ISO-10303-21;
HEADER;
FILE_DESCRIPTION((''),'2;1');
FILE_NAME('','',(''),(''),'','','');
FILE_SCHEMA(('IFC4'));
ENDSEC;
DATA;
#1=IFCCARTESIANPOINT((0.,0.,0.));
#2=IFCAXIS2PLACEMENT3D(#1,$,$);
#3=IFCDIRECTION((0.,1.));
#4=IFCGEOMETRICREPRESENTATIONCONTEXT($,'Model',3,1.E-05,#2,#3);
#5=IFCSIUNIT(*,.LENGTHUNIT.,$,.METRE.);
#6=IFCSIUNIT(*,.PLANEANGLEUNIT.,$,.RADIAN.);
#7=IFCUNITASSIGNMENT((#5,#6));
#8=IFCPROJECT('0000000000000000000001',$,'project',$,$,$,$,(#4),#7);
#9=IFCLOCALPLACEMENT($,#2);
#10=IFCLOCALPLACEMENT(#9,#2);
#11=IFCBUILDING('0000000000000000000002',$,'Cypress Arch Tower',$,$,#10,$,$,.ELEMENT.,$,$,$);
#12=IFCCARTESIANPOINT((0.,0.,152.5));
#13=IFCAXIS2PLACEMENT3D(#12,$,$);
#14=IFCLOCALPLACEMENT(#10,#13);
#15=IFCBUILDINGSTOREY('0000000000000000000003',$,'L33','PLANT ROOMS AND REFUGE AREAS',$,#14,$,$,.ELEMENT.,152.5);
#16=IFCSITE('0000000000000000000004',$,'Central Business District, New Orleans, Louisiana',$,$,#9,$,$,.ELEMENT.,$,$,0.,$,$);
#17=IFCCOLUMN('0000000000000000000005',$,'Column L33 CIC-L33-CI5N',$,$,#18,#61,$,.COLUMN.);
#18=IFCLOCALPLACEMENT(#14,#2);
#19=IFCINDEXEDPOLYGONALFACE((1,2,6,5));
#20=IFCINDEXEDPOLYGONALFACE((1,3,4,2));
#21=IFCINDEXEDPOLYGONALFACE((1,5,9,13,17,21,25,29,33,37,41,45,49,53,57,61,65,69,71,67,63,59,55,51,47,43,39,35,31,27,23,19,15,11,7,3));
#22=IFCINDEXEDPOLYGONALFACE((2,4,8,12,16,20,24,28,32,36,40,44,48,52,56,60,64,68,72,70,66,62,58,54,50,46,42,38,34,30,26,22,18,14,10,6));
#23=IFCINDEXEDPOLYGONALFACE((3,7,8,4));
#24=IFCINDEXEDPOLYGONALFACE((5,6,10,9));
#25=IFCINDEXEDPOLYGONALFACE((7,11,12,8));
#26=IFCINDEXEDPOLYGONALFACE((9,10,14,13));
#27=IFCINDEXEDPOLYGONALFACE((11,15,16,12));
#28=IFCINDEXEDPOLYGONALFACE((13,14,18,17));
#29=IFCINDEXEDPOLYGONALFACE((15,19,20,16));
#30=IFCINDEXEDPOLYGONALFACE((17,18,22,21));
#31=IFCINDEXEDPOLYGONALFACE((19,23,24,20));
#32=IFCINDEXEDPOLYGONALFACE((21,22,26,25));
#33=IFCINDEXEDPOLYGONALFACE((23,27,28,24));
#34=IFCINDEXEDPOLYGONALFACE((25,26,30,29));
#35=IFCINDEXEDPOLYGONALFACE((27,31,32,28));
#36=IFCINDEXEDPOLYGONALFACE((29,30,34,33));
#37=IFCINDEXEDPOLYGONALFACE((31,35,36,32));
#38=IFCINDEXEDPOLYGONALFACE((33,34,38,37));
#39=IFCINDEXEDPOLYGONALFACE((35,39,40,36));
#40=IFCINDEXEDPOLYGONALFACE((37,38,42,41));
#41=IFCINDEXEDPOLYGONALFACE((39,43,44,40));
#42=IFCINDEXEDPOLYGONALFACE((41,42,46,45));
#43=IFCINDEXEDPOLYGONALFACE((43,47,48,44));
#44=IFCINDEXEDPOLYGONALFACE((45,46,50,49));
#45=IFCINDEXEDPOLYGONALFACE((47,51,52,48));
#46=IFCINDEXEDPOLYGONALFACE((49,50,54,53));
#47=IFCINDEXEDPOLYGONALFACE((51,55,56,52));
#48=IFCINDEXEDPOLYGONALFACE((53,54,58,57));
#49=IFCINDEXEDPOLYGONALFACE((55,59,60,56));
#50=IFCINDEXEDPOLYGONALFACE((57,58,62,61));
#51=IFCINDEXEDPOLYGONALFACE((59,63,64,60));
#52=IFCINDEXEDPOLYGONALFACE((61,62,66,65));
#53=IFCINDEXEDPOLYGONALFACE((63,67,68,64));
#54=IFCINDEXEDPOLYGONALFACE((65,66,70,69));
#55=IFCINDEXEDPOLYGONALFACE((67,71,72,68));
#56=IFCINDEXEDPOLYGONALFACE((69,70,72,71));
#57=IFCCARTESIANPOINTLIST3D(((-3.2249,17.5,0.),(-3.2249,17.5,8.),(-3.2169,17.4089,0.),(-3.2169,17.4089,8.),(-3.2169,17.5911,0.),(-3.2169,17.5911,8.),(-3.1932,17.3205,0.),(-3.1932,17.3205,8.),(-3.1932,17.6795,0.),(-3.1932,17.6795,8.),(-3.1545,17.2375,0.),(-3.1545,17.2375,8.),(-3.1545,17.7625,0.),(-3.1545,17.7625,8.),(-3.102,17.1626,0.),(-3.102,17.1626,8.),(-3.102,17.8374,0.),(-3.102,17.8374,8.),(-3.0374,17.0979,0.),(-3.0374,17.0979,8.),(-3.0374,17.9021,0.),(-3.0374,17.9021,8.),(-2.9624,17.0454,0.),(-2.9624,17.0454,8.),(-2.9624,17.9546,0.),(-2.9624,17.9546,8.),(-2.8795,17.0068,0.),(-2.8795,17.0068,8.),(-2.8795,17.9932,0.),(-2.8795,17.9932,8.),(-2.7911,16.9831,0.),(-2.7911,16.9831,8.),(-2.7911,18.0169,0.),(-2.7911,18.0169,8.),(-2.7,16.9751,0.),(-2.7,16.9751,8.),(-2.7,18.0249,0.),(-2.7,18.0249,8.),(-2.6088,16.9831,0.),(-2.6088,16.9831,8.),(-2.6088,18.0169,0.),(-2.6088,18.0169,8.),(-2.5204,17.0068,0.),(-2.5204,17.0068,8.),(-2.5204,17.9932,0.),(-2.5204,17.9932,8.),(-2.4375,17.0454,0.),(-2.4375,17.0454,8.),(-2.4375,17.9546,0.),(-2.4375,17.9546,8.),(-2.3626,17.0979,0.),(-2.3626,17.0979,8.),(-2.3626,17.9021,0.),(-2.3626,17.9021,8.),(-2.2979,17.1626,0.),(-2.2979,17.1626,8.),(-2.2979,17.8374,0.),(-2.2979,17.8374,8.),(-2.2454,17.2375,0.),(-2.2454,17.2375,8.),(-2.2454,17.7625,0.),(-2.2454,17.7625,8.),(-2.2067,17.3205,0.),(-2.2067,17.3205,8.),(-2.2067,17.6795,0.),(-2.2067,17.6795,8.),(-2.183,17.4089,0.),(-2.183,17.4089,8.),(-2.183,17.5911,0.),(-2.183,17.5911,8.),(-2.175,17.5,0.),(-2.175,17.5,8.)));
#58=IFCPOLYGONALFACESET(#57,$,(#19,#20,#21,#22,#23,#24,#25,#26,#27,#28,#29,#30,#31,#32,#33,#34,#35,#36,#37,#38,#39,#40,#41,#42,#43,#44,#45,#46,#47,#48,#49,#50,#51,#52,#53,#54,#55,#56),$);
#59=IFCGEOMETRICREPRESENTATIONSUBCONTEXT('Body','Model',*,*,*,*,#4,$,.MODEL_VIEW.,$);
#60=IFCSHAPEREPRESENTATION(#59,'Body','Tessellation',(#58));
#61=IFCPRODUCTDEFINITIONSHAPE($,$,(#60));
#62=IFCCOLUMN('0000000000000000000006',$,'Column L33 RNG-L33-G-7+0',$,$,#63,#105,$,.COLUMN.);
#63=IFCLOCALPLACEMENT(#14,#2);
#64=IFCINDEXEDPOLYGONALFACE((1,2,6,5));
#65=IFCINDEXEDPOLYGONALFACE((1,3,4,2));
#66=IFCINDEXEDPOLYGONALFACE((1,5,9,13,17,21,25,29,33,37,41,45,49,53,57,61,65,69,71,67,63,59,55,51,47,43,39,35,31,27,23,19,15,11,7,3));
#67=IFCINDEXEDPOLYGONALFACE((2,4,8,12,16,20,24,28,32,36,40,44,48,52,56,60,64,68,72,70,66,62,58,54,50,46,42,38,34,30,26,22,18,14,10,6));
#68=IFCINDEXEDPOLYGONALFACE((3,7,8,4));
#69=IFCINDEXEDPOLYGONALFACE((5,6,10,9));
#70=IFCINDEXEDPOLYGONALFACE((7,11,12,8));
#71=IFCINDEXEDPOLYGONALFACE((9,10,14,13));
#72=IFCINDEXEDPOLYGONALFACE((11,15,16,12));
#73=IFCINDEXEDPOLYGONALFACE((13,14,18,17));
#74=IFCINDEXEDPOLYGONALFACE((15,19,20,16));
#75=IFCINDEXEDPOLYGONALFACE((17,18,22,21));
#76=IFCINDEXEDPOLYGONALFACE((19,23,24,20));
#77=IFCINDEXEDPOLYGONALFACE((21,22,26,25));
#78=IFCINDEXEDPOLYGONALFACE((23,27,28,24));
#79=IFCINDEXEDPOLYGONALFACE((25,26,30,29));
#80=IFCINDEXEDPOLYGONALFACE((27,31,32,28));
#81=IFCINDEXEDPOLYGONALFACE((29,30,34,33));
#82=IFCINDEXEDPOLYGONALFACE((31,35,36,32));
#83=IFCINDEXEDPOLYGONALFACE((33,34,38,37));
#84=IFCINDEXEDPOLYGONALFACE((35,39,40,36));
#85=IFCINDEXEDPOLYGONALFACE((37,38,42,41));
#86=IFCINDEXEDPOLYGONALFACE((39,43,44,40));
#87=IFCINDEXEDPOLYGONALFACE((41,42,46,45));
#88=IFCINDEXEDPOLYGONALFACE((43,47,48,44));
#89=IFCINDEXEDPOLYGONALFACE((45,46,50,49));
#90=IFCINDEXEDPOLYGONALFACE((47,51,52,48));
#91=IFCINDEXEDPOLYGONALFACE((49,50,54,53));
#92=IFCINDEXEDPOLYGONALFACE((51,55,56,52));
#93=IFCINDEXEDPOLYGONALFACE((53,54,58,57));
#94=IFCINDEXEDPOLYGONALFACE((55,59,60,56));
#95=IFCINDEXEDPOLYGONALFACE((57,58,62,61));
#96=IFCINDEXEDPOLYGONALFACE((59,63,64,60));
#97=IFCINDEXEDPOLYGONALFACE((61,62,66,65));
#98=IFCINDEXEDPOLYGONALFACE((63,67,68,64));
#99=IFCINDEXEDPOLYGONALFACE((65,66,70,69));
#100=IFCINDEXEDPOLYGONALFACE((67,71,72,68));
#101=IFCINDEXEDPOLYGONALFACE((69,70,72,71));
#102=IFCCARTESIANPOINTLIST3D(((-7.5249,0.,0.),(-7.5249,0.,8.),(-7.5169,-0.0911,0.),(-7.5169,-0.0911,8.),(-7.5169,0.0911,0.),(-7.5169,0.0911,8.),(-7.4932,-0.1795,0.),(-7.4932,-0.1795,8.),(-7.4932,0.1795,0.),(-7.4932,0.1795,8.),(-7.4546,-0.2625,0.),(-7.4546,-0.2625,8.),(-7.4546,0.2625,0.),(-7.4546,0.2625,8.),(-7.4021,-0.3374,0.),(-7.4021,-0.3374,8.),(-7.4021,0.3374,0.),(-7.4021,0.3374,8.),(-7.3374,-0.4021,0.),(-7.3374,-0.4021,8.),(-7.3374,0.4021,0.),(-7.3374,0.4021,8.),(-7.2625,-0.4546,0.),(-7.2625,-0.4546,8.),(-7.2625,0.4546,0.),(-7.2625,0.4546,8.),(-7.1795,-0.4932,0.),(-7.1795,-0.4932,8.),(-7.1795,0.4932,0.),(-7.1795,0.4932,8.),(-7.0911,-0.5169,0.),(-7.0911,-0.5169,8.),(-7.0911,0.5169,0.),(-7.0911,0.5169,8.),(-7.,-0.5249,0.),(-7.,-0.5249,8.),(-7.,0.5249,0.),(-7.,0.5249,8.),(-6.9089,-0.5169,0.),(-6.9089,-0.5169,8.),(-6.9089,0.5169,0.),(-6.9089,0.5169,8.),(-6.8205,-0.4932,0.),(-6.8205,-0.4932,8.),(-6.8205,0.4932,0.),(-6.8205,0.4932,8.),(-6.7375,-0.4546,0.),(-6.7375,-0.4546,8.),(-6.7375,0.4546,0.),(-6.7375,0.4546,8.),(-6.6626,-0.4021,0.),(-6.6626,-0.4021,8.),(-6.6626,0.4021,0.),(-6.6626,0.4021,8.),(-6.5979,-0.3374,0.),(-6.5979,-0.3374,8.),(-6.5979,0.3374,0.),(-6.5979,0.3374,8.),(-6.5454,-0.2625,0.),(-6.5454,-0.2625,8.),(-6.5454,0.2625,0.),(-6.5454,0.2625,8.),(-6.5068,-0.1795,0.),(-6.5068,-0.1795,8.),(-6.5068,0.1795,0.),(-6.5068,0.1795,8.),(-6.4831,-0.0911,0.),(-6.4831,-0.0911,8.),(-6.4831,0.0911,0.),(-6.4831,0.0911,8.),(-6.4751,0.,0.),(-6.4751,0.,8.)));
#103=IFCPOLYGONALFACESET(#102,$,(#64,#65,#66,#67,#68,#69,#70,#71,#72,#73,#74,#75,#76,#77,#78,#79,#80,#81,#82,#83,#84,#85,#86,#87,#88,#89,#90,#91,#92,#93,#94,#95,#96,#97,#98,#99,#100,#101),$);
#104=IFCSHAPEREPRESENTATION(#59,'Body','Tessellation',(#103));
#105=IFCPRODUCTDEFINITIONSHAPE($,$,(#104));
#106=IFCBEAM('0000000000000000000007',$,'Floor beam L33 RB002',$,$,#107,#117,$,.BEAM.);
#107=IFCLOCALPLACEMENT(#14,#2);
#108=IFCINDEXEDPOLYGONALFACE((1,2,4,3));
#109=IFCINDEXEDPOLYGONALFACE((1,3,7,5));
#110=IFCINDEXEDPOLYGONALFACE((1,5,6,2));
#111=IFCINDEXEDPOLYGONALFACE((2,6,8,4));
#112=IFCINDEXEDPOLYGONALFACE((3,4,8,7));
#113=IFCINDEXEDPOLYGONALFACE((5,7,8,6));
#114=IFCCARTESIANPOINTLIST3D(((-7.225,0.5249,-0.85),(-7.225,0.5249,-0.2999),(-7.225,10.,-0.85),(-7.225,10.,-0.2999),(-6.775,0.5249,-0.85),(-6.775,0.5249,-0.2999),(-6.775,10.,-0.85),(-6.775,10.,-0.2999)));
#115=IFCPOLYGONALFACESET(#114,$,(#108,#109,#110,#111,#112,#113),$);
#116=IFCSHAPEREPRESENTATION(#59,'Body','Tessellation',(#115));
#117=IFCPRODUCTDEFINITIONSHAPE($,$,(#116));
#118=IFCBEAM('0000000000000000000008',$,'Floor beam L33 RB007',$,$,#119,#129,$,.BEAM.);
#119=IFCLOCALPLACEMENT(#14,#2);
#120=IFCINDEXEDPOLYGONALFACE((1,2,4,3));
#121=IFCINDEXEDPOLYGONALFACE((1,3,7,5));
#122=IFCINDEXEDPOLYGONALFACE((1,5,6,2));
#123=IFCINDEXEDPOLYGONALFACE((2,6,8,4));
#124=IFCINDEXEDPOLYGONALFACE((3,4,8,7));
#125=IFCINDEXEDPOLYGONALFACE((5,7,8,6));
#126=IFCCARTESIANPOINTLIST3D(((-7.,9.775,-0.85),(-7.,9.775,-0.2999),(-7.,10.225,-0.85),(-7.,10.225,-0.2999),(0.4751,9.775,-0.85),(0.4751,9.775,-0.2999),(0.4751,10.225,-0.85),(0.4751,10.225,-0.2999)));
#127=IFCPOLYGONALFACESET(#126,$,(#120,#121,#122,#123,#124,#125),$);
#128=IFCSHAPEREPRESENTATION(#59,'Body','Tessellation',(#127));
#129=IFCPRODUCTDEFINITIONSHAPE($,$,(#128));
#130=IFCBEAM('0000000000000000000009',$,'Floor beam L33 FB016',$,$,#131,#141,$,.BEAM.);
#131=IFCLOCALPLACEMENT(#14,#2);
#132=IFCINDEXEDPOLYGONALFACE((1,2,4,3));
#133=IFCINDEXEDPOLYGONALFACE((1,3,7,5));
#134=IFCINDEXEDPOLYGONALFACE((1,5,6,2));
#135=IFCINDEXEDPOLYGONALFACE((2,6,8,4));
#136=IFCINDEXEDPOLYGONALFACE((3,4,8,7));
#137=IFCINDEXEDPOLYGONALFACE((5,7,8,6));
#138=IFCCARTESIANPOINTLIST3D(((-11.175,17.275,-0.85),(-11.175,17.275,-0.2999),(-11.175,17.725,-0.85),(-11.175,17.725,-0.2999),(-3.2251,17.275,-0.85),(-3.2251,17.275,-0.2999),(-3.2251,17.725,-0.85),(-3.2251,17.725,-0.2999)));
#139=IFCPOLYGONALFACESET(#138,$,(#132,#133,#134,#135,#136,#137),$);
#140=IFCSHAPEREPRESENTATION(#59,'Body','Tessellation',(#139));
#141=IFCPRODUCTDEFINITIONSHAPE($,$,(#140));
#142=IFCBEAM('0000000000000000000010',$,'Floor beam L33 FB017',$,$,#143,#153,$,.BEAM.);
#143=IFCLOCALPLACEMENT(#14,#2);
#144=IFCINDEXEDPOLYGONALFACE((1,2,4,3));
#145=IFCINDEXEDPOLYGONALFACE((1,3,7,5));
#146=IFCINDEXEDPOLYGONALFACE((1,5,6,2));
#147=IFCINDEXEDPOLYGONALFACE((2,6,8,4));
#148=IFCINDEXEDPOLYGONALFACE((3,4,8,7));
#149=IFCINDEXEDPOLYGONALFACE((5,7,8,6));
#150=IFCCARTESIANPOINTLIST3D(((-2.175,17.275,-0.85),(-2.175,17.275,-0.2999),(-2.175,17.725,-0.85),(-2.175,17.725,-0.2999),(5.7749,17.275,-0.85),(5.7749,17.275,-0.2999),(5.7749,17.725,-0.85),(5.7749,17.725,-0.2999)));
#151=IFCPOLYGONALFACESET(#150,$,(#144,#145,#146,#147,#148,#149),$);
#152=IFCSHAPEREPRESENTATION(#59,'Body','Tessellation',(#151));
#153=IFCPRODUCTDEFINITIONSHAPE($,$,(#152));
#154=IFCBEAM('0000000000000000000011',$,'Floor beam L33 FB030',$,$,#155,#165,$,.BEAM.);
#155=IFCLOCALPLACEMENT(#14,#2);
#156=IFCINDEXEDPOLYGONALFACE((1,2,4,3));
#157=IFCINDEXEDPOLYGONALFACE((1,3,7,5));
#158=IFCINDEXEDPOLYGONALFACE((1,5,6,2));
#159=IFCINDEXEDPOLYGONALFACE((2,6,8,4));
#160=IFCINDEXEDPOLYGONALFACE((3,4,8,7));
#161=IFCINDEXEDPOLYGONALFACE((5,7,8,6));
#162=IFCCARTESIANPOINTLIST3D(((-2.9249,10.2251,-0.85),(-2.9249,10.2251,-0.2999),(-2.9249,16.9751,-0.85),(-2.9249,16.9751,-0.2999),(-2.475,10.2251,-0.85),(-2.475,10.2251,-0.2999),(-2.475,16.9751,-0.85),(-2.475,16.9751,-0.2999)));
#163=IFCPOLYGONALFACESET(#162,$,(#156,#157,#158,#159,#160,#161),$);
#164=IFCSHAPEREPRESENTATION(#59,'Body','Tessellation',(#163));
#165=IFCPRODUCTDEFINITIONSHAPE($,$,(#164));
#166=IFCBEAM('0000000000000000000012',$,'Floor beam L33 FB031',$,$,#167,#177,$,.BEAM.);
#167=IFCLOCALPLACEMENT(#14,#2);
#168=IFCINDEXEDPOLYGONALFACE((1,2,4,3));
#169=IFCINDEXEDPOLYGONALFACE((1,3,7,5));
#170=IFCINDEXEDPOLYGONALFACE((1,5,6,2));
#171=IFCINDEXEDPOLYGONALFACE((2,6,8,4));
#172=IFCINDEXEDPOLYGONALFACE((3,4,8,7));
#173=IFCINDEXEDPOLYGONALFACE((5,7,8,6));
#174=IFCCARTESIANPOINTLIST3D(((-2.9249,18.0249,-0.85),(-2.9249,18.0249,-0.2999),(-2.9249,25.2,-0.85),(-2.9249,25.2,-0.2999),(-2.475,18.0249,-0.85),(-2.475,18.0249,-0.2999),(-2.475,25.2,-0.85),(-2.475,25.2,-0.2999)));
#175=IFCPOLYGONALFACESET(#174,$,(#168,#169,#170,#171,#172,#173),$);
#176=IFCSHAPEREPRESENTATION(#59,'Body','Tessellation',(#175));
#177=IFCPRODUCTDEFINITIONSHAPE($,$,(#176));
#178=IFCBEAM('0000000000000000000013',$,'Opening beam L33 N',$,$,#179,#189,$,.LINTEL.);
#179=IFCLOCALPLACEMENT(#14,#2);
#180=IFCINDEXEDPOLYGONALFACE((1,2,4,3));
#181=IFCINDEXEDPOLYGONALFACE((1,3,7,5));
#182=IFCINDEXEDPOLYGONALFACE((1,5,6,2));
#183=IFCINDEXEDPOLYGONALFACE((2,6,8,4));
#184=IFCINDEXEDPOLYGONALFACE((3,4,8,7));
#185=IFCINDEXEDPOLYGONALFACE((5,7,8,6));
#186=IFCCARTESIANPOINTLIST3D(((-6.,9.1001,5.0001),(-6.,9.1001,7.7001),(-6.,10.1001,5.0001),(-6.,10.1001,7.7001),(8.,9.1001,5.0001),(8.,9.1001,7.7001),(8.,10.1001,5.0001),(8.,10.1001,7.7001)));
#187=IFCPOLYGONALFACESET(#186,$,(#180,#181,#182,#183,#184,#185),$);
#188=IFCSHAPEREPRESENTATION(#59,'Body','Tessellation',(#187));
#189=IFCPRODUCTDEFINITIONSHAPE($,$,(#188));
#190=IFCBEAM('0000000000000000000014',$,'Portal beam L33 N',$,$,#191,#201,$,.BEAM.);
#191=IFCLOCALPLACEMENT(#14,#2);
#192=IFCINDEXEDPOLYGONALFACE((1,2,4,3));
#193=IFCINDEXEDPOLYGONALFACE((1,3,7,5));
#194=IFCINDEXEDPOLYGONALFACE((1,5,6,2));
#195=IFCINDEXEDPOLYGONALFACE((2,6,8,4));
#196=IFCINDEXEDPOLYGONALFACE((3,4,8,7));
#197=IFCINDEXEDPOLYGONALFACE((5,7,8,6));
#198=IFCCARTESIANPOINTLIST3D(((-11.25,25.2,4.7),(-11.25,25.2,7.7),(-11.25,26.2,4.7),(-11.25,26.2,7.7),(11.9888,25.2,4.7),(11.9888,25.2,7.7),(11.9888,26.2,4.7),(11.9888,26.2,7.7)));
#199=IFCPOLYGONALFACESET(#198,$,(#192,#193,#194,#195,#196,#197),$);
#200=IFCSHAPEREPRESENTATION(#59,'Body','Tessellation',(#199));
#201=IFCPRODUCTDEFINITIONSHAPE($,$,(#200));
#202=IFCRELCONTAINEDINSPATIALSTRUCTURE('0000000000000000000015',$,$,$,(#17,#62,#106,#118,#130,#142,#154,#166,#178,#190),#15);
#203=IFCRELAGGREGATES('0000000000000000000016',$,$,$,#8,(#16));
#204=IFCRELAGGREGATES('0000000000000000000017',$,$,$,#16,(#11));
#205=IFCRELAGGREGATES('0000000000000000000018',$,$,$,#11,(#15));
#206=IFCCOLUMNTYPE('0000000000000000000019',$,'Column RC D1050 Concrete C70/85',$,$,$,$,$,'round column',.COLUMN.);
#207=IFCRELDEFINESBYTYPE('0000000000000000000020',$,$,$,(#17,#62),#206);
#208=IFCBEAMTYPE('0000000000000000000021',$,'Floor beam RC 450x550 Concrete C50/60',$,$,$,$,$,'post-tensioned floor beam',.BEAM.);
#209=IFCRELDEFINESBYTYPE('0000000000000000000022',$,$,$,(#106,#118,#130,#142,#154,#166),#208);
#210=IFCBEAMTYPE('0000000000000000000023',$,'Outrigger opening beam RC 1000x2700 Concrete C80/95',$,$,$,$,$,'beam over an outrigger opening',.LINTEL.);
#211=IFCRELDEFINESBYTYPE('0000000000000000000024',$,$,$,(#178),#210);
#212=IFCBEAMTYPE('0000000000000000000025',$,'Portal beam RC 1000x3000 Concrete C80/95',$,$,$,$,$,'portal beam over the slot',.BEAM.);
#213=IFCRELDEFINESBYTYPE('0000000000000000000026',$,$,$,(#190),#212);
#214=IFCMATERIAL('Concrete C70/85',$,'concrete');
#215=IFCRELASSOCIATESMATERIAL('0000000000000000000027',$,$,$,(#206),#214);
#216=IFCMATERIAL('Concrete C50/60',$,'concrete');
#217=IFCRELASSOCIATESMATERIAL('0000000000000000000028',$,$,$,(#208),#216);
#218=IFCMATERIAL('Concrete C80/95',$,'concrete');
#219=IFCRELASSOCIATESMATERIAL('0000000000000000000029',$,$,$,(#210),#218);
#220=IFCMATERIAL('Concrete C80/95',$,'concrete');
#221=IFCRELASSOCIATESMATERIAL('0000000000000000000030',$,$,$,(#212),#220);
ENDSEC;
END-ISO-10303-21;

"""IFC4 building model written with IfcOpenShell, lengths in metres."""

from ifc_helpers import new_model, si_unit, direction, frame, origin, origin_2d, place, context, subcontext, project, spatial, rectangle, circle, extrude, material, material_profile, profile_set, type_object, element, save


model = new_model("IFC4")

# Units and contexts
model_context = context("Model", 3, precision=1e-05, world=origin(), true_north=direction((0.0, 1.0)))
body_context = subcontext(model_context, "Body", "Model", "MODEL_VIEW")
ifc_project = project(units=[si_unit("LENGTHUNIT", "METRE"), si_unit("PLANEANGLEUNIT", "RADIAN")], contexts=[model_context])

# Site, building, storey
site_placement = place(None, origin())
site = spatial("IfcSite", under=ifc_project, at=site_placement, Name="Central Business District, New Orleans, Louisiana", CompositionType="ELEMENT", RefElevation=0.0)
building_placement = place(site_placement, origin())
building = spatial("IfcBuilding", under=site, at=building_placement, Name="Cypress Arch Tower", CompositionType="ELEMENT")
storey_placement = place(building_placement, frame((0.0, 0.0, 152.5)))
storey = spatial("IfcBuildingStorey", under=building, at=storey_placement, Name="L33", Description="PLANT ROOMS AND REFUGE AREAS", CompositionType="ELEMENT", Elevation=152.5)

# Columns
ifc_material_1 = material(Name="Concrete C70/85", Category="concrete")
ifc_material_profile_1 = material_profile(ifc_material_1, circle(Radius=0.5249, at=origin_2d()), Name="RC D1050")
ifc_profile_set_1 = profile_set([ifc_material_profile_1], Name="Concrete C70/85")
column_type = type_object("IfcColumnType", Name="Column RC D1050 Concrete C70/85", ElementType="round column", PredefinedType="COLUMN", material=ifc_profile_set_1)
for number, where, z_axis, x_axis, name in (
    (1, (-2.7, 17.5, 0.0), (0.0, 0.0, 1.0), (1.0, 0.0, 0.0), "Column L33 CIC-L33-CI5N"),
    (2, (-7.0, 0.0, 0.0), (0.0, 0.0, 1.0), (1.0, 0.0, 0.0), "Column L33 RNG-L33-G-7+0"),
):
    element("IfcColumn", number, at=place(storey_placement, frame(where, z_axis=z_axis, x_axis=x_axis)), inside=storey, type_object=column_type, Name=name, PredefinedType="COLUMN", context=body_context, shape_type="SweptSolid", body=[
        extrude(circle(Radius=0.5249, at=origin_2d()), origin(), (0.0, 0.0, 1.0), 8.0),
    ])

# Beams
ifc_material_2 = material(Name="Concrete C50/60", Category="concrete")
ifc_material_profile_2 = material_profile(ifc_material_2, rectangle(XDim=0.45, YDim=0.55, at=origin_2d()), Name="RC 450x550")
ifc_profile_set_2 = profile_set([ifc_material_profile_2], Name="Concrete C50/60")
beam_type_1 = type_object("IfcBeamType", Name="Floor beam RC 450x550 Concrete C50/60", ElementType="post-tensioned floor beam", PredefinedType="BEAM", material=ifc_profile_set_2)
beam_1_placement = place(storey_placement, frame((-7.0, 0.5249, -0.575), z_axis=(0.0, 1.0, 0.0), x_axis=(-1.0, 0.0, 0.0)))
element("IfcBeam", 3, at=beam_1_placement, inside=storey, type_object=beam_type_1, Name="Floor beam L33 RB002", PredefinedType="BEAM", context=body_context, shape_type="SweptSolid", body=[
    extrude(rectangle(XDim=0.45, YDim=0.55, at=origin_2d()), origin(), (0.0, 0.0, 1.0), 9.4751),
])
beam_2_placement = place(storey_placement, frame((-7.0, 10.0, -0.575), z_axis=(1.0, 0.0, 0.0), x_axis=(0.0, 1.0, 0.0)))
element("IfcBeam", 4, at=beam_2_placement, inside=storey, type_object=beam_type_1, Name="Floor beam L33 RB007", PredefinedType="BEAM", context=body_context, shape_type="SweptSolid", body=[
    extrude(rectangle(XDim=0.45, YDim=0.55, at=origin_2d()), origin(), (0.0, 0.0, 1.0), 7.4751),
])
for number, where, z_axis, x_axis, name in (
    (5, (-11.175, 17.5, -0.575), (1.0, 0.0, 0.0), (0.0, 1.0, 0.0), "Floor beam L33 FB016"),
    (6, (-2.175, 17.5, -0.575), (1.0, 0.0, 0.0), (0.0, 1.0, 0.0), "Floor beam L33 FB017"),
):
    element("IfcBeam", number, at=place(storey_placement, frame(where, z_axis=z_axis, x_axis=x_axis)), inside=storey, type_object=beam_type_1, Name=name, PredefinedType="BEAM", context=body_context, shape_type="SweptSolid", body=[
        extrude(rectangle(XDim=0.45, YDim=0.55, at=origin_2d()), origin(), (0.0, 0.0, 1.0), 7.95),
    ])
beam_3_placement = place(storey_placement, frame((-2.7, 10.2251, -0.575), z_axis=(0.0, 1.0, 0.0), x_axis=(-1.0, 0.0, 0.0)))
element("IfcBeam", 7, at=beam_3_placement, inside=storey, type_object=beam_type_1, Name="Floor beam L33 FB030", PredefinedType="BEAM", context=body_context, shape_type="SweptSolid", body=[
    extrude(rectangle(XDim=0.45, YDim=0.55, at=origin_2d()), origin(), (0.0, 0.0, 1.0), 6.75),
])
beam_4_placement = place(storey_placement, frame((-2.7, 18.0249, -0.575), z_axis=(0.0, 1.0, 0.0), x_axis=(-1.0, 0.0, 0.0)))
element("IfcBeam", 8, at=beam_4_placement, inside=storey, type_object=beam_type_1, Name="Floor beam L33 FB031", PredefinedType="BEAM", context=body_context, shape_type="SweptSolid", body=[
    extrude(rectangle(XDim=0.45, YDim=0.55, at=origin_2d()), origin(), (0.0, 0.0, 1.0), 7.175),
])
ifc_material_3 = material(Name="Concrete C80/95", Category="concrete")
ifc_material_profile_3 = material_profile(ifc_material_3, rectangle(XDim=1.0, YDim=2.7, at=origin_2d()), Name="RC 1000x2700")
ifc_profile_set_3 = profile_set([ifc_material_profile_3], Name="Concrete C80/95")
beam_type_2 = type_object("IfcBeamType", Name="Outrigger opening beam RC 1000x2700 Concrete C80/95", ElementType="beam over an outrigger opening", PredefinedType="LINTEL", material=ifc_profile_set_3)
beam_5_placement = place(storey_placement, frame((-6.0, 9.6001, 6.3501), z_axis=(1.0, 0.0, 0.0), x_axis=(0.0, 1.0, 0.0)))
element("IfcBeam", 9, at=beam_5_placement, inside=storey, type_object=beam_type_2, Name="Opening beam L33 N", PredefinedType="LINTEL", context=body_context, shape_type="SweptSolid", body=[
    extrude(rectangle(XDim=1.0, YDim=2.7, at=origin_2d()), origin(), (0.0, 0.0, 1.0), 14.0),
])
ifc_material_4 = material(Name="Concrete C80/95", Category="concrete")
ifc_material_profile_4 = material_profile(ifc_material_4, rectangle(XDim=1.0, YDim=3.0, at=origin_2d()), Name="RC 1000x3000")
ifc_profile_set_4 = profile_set([ifc_material_profile_4], Name="Concrete C80/95")
beam_type_3 = type_object("IfcBeamType", Name="Portal beam RC 1000x3000 Concrete C80/95", ElementType="portal beam over the slot", PredefinedType="BEAM", material=ifc_profile_set_4)
beam_6_placement = place(storey_placement, frame((-11.25, 25.7, 6.2), z_axis=(1.0, 0.0, 0.0), x_axis=(0.0, 1.0, 0.0)))
element("IfcBeam", 10, at=beam_6_placement, inside=storey, type_object=beam_type_3, Name="Portal beam L33 N", PredefinedType="BEAM", context=body_context, shape_type="SweptSolid", body=[
    extrude(rectangle(XDim=1.0, YDim=3.0, at=origin_2d()), origin(), (0.0, 0.0, 1.0), 23.2388),
])

save(model, "model.ifc")
